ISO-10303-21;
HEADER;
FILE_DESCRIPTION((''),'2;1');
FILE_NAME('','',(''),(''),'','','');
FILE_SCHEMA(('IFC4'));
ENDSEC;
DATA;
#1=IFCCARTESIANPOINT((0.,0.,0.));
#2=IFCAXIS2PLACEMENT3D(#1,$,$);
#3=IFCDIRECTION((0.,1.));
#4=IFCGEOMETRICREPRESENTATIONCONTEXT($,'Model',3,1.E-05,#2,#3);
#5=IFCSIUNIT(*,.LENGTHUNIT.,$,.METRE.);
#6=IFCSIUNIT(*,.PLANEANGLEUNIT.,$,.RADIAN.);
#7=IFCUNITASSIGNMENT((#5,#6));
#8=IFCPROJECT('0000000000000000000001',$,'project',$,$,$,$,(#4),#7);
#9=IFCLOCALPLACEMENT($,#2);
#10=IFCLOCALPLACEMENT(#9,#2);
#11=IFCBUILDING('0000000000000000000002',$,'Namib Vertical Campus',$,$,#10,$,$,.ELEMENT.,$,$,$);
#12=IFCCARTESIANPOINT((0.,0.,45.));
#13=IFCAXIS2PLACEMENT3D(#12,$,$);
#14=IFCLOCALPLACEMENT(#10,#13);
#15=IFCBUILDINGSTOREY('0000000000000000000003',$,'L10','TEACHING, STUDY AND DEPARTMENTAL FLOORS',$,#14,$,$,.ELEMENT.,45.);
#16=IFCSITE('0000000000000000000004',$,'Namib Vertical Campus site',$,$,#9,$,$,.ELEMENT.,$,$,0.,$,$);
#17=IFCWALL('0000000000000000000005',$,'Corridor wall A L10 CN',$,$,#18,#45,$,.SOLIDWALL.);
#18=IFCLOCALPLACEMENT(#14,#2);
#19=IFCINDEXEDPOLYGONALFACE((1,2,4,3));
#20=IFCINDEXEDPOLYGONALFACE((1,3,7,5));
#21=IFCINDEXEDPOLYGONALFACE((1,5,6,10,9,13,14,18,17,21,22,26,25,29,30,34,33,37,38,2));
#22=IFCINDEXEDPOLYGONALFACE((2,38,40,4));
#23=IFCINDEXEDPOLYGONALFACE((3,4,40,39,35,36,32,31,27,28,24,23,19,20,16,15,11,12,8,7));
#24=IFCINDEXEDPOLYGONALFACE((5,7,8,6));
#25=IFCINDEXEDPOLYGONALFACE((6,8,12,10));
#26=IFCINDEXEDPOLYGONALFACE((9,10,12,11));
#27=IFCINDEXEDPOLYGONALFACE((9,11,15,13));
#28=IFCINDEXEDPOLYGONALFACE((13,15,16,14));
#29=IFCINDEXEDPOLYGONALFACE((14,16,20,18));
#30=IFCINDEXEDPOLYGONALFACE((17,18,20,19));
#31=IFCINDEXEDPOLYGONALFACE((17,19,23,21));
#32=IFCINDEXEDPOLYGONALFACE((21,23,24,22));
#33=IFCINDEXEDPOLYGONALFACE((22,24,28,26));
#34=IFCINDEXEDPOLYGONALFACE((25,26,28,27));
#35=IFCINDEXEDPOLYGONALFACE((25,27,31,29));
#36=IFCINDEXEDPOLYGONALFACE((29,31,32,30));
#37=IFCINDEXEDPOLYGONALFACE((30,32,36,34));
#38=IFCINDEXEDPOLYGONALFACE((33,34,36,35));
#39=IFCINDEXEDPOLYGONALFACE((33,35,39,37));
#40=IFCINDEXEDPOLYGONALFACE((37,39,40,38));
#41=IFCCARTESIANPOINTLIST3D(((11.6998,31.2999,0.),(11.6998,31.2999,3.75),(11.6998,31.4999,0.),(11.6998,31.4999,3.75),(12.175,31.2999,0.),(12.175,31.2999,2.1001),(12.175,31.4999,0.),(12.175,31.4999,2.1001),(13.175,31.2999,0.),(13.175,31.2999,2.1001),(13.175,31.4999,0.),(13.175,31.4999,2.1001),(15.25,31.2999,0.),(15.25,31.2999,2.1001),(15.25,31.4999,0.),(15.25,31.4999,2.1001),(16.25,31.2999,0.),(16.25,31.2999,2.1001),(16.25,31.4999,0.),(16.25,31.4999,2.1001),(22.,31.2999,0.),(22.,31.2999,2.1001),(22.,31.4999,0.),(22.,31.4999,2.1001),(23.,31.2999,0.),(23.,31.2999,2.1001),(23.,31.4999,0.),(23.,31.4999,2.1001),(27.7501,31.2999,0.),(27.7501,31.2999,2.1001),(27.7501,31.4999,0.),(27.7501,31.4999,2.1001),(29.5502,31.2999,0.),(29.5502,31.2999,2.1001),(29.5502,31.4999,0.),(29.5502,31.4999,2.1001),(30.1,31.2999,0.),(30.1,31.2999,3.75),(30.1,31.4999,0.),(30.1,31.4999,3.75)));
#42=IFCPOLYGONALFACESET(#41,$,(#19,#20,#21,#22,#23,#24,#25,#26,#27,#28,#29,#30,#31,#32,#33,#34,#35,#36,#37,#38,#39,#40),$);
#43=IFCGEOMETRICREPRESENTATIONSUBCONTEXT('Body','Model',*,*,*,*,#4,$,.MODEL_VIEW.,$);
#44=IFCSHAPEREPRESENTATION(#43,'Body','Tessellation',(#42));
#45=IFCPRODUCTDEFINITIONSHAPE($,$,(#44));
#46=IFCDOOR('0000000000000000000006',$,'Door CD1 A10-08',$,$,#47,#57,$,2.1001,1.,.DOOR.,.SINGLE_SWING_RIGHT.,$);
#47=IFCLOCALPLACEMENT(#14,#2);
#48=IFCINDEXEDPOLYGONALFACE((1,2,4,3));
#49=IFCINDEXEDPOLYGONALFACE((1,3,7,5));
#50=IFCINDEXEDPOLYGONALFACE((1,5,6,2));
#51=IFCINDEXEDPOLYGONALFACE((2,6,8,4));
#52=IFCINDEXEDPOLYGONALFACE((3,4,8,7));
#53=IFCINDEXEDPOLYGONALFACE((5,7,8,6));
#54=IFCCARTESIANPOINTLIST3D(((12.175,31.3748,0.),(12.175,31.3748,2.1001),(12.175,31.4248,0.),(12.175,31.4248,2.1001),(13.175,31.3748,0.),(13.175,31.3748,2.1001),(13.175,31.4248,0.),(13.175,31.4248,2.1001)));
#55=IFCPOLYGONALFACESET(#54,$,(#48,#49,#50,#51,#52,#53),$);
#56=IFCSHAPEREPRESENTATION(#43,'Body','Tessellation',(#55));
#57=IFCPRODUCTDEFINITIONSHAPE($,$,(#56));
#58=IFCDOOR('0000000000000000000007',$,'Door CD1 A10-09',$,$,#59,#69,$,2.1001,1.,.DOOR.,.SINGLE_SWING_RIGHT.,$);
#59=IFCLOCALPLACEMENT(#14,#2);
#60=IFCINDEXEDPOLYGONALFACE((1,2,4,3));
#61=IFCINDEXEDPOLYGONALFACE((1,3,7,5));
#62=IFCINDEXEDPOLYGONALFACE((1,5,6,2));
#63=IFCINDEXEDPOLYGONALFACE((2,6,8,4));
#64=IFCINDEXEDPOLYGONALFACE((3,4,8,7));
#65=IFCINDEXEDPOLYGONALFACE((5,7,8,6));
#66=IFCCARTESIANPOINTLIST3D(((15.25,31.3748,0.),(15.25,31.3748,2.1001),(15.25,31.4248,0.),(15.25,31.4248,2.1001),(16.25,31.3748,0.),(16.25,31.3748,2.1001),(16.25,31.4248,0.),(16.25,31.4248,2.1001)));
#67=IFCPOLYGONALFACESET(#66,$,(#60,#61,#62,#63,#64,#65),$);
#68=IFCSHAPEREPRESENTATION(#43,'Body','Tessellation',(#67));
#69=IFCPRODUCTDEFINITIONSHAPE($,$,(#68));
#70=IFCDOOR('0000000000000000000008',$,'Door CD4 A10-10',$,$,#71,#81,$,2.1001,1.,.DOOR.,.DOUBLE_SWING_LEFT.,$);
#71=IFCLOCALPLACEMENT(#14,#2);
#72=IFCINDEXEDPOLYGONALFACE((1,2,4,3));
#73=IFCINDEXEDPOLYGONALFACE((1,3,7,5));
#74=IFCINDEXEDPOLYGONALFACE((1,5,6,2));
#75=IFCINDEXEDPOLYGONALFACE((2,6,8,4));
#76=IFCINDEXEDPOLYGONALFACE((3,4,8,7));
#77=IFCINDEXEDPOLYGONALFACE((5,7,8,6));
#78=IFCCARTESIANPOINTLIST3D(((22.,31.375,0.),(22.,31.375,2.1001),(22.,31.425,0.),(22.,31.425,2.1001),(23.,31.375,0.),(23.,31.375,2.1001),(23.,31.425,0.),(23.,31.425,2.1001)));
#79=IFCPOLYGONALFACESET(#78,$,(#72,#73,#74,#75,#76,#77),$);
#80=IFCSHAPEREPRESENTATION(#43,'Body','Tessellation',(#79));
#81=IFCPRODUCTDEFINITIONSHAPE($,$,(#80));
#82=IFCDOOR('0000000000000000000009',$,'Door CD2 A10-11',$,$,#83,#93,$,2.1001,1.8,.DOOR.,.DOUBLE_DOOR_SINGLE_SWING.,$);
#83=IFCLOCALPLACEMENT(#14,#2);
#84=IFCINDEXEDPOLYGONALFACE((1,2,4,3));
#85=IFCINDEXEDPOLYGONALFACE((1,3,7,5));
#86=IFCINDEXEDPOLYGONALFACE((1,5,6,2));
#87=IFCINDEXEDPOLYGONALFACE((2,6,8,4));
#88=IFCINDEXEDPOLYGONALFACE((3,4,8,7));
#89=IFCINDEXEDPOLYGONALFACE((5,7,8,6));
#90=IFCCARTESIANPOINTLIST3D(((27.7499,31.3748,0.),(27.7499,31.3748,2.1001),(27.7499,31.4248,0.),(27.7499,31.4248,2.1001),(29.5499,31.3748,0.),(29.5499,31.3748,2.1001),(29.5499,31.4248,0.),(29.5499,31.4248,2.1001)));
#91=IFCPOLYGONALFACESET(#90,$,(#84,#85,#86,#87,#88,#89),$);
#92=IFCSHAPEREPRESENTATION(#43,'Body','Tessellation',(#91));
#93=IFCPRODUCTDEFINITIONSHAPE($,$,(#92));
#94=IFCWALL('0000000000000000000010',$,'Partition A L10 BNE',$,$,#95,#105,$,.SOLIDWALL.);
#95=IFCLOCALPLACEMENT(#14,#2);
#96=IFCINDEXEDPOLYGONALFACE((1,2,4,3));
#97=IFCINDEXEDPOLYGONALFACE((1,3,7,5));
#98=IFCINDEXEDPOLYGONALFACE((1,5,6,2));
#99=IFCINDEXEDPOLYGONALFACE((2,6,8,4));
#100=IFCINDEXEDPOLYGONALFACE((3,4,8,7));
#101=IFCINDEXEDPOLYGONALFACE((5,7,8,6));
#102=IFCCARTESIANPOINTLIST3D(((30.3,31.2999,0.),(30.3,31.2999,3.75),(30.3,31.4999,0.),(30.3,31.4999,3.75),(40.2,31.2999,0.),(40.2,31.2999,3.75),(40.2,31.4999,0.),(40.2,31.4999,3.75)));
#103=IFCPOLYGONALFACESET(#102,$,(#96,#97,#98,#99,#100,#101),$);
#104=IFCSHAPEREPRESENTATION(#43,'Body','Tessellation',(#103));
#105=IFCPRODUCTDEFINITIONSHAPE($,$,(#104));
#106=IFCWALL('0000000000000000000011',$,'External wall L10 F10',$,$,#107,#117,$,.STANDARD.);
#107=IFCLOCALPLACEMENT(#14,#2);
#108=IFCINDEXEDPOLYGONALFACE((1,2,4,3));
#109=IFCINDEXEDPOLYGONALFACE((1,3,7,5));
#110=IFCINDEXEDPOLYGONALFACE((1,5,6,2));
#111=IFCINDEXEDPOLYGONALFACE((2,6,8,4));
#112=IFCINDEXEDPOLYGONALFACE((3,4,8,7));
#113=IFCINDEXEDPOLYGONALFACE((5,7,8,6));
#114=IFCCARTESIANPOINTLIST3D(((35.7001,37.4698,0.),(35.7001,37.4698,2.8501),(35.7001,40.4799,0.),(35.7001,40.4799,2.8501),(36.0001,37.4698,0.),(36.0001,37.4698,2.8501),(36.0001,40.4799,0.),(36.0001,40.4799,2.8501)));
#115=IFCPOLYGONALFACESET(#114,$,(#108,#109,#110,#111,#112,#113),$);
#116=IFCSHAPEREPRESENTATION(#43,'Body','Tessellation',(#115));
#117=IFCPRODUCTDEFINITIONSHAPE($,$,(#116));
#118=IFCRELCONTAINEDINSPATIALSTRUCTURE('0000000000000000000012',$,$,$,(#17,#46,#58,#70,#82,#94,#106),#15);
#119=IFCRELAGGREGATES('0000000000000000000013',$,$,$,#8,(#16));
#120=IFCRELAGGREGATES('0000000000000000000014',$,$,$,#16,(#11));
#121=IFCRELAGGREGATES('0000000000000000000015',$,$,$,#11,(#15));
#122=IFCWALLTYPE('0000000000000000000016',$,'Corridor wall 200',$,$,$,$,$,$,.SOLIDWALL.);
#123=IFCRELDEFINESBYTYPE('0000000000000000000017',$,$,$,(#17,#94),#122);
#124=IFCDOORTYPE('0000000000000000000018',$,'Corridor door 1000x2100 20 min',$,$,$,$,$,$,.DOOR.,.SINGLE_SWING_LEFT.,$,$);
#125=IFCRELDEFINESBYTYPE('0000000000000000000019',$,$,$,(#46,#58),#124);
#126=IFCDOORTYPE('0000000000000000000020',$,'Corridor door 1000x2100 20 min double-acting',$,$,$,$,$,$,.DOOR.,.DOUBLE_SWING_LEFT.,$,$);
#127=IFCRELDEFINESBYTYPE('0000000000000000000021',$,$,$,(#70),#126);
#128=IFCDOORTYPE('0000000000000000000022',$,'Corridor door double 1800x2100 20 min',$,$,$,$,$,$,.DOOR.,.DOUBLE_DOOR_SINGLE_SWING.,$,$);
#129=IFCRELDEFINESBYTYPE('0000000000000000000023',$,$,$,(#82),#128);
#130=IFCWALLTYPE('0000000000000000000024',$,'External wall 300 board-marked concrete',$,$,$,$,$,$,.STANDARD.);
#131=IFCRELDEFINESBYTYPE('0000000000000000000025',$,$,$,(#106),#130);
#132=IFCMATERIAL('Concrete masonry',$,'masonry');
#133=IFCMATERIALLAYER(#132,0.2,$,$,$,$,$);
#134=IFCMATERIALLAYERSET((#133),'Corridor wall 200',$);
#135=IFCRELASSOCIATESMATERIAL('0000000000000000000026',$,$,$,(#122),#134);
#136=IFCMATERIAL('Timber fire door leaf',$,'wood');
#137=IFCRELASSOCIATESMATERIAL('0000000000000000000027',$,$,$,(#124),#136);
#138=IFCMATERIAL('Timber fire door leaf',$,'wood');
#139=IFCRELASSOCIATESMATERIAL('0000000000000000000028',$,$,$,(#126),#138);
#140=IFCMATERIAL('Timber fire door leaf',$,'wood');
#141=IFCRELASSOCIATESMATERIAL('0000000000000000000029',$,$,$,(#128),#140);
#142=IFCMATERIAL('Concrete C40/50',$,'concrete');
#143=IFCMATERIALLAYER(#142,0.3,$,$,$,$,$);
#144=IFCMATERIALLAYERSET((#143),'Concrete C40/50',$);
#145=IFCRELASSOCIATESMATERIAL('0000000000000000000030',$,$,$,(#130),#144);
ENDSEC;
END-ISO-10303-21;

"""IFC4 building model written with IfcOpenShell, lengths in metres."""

from ifc_helpers import new_model, si_unit, direction, frame, frame_2d, origin, place, context, subcontext, project, spatial, rectangle, extrude, material, layer, layer_set, type_object, element, fill, save


model = new_model("IFC4")

# Units and contexts
model_context = context("Model", 3, precision=1e-05, world=origin(), true_north=direction((0.0, 1.0)))
body_context = subcontext(model_context, "Body", "Model", "MODEL_VIEW")
ifc_project = project(units=[si_unit("LENGTHUNIT", "METRE"), si_unit("PLANEANGLEUNIT", "RADIAN")], contexts=[model_context])

# Site, building, storey
site_placement = place(None, origin())
site = spatial("IfcSite", under=ifc_project, at=site_placement, Name="Namib Vertical Campus site", CompositionType="ELEMENT", RefElevation=0.0)
building_placement = place(site_placement, origin())
building = spatial("IfcBuilding", under=site, at=building_placement, Name="Namib Vertical Campus", CompositionType="ELEMENT")
storey_placement = place(building_placement, frame((0.0, 0.0, 45.0)))
storey = spatial("IfcBuildingStorey", under=building, at=storey_placement, Name="L10", Description="TEACHING, STUDY AND DEPARTMENTAL FLOORS", CompositionType="ELEMENT", Elevation=45.0)

# Wall, openings, doors
ifc_material_1 = material(Name="Concrete masonry", Category="masonry")
ifc_layer_1 = layer(ifc_material_1, 0.2)
ifc_layer_set_1 = layer_set([ifc_layer_1], Name="Corridor wall 200")
wall_type_1 = type_object("IfcWallType", Name="Corridor wall 200", PredefinedType="SOLIDWALL", material=ifc_layer_set_1)
wall_1_placement = place(storey_placement, frame((30.1001, 31.3999, 0.0), z_axis=(0.0, 0.0, 1.0), x_axis=(-1.0, 0.0, 0.0)))
wall_1 = element("IfcWall", 1, at=wall_1_placement, inside=storey, type_object=wall_type_1, Name="Corridor wall A L10 CN", PredefinedType="SOLIDWALL", context=body_context, shape_type="SweptSolid", body=[
    extrude(rectangle(XDim=18.4001, YDim=0.2, at=frame_2d((9.2002, 0.0))), origin(), (0.0, 0.0, 1.0), 3.75),
])
opening_1_placement = place(wall_1_placement, frame((16.925, 0.0, 0.0)))
opening_1 = element("IfcOpeningElement", 2, at=opening_1_placement, cuts=wall_1, PredefinedType="OPENING", context=body_context, shape_type="SweptSolid", body=[
    extrude(rectangle(XDim=1.0, YDim=2.1001, at=frame_2d((0.5, 1.05))), frame((0.0, 0.1099, 0.0), z_axis=(0.0, -1.0, 0.0), x_axis=(1.0, 0.0, 0.0)), (0.0, 0.0, 1.0), 0.22),
])
opening_2_placement = place(wall_1_placement, frame((13.8501, 0.0, 0.0)))
opening_2 = element("IfcOpeningElement", 3, at=opening_2_placement, cuts=wall_1, PredefinedType="OPENING", context=body_context, shape_type="SweptSolid", body=[
    extrude(rectangle(XDim=1.0, YDim=2.1001, at=frame_2d((0.5, 1.05))), frame((0.0, 0.1099, 0.0), z_axis=(0.0, -1.0, 0.0), x_axis=(1.0, 0.0, 0.0)), (0.0, 0.0, 1.0), 0.22),
])
opening_3_placement = place(wall_1_placement, frame((7.1001, 0.0, 0.0)))
opening_3 = element("IfcOpeningElement", 4, at=opening_3_placement, cuts=wall_1, PredefinedType="OPENING", context=body_context, shape_type="SweptSolid", body=[
    extrude(rectangle(XDim=1.0, YDim=2.1001, at=frame_2d((0.5, 1.05))), frame((0.0, 0.1099, 0.0), z_axis=(0.0, -1.0, 0.0), x_axis=(1.0, 0.0, 0.0)), (0.0, 0.0, 1.0), 0.22),
])
opening_4_placement = place(wall_1_placement, frame((0.55, 0.0, 0.0)))
opening_4 = element("IfcOpeningElement", 5, at=opening_4_placement, cuts=wall_1, PredefinedType="OPENING", context=body_context, shape_type="SweptSolid", body=[
    extrude(rectangle(XDim=1.8, YDim=2.1001, at=frame_2d((0.8999, 1.05))), frame((0.0, 0.1099, 0.0), z_axis=(0.0, -1.0, 0.0), x_axis=(1.0, 0.0, 0.0)), (0.0, 0.0, 1.0), 0.22),
])
ifc_material_2 = material(Name="Timber fire door leaf", Category="wood")
door_type_1 = type_object("IfcDoorType", Name="Corridor door 1000x2100 20 min", OperationType="SINGLE_SWING_LEFT", PredefinedType="DOOR", material=ifc_material_2)
door_1_placement = place(opening_1_placement, frame((1.0, 0.0, 0.0), z_axis=(0.0, 0.0, 1.0), x_axis=(-1.0, 0.0, 0.0)))
door_1 = element("IfcDoor", 6, at=door_1_placement, inside=storey, type_object=door_type_1, Name="Door CD1 A10-08", OperationType="SINGLE_SWING_RIGHT", OverallHeight=2.1001, OverallWidth=1.0, PredefinedType="DOOR", context=body_context, shape_type="SweptSolid", body=[
    extrude(rectangle(XDim=1.0, YDim=2.1001, at=frame_2d((0.5, 1.05))), frame((0.0, 0.0249, 0.0), z_axis=(0.0, -1.0, 0.0), x_axis=(1.0, 0.0, 0.0)), (0.0, 0.0, 1.0), 0.05),
])
fill(opening_1, door_1)
door_2_placement = place(opening_2_placement, frame((1.0, 0.0, 0.0), z_axis=(0.0, 0.0, 1.0), x_axis=(-1.0, 0.0, 0.0)))
door_2 = element("IfcDoor", 7, at=door_2_placement, inside=storey, type_object=door_type_1, Name="Door CD1 A10-09", OperationType="SINGLE_SWING_RIGHT", OverallHeight=2.1001, OverallWidth=1.0, PredefinedType="DOOR", context=body_context, shape_type="SweptSolid", body=[
    extrude(rectangle(XDim=1.0, YDim=2.1001, at=frame_2d((0.5, 1.05))), frame((0.0, 0.0249, 0.0), z_axis=(0.0, -1.0, 0.0), x_axis=(1.0, 0.0, 0.0)), (0.0, 0.0, 1.0), 0.05),
])
fill(opening_2, door_2)
ifc_material_3 = material(Name="Timber fire door leaf", Category="wood")
door_type_2 = type_object("IfcDoorType", Name="Corridor door 1000x2100 20 min double-acting", OperationType="DOUBLE_SWING_LEFT", PredefinedType="DOOR", material=ifc_material_3)
door_3_placement = place(opening_3_placement, origin())
door_3 = element("IfcDoor", 8, at=door_3_placement, inside=storey, type_object=door_type_2, Name="Door CD4 A10-10", OperationType="DOUBLE_SWING_LEFT", OverallHeight=2.1001, OverallWidth=1.0, PredefinedType="DOOR", context=body_context, shape_type="SweptSolid", body=[
    extrude(rectangle(XDim=1.0, YDim=2.1001, at=frame_2d((0.5, 1.05))), frame((0.0, 0.0249, 0.0), z_axis=(0.0, -1.0, 0.0), x_axis=(1.0, 0.0, 0.0)), (0.0, 0.0, 1.0), 0.05),
])
fill(opening_3, door_3)
ifc_material_4 = material(Name="Timber fire door leaf", Category="wood")
door_type_3 = type_object("IfcDoorType", Name="Corridor door double 1800x2100 20 min", OperationType="DOUBLE_DOOR_SINGLE_SWING", PredefinedType="DOOR", material=ifc_material_4)
door_4_placement = place(opening_4_placement, frame((1.8, 0.0, 0.0), z_axis=(0.0, 0.0, 1.0), x_axis=(-1.0, 0.0, 0.0)))
door_4 = element("IfcDoor", 9, at=door_4_placement, inside=storey, type_object=door_type_3, Name="Door CD2 A10-11", OperationType="DOUBLE_DOOR_SINGLE_SWING", OverallHeight=2.1001, OverallWidth=1.8, PredefinedType="DOOR", context=body_context, shape_type="SweptSolid", body=[
    extrude(rectangle(XDim=1.8, YDim=2.1001, at=frame_2d((0.8999, 1.05))), frame((0.0, 0.0249, 0.0), z_axis=(0.0, -1.0, 0.0), x_axis=(1.0, 0.0, 0.0)), (0.0, 0.0, 1.0), 0.05),
])
fill(opening_4, door_4)

# Walls
wall_2_placement = place(storey_placement, frame((30.3, 31.3999, 0.0), z_axis=(0.0, 0.0, 1.0), x_axis=(1.0, 0.0, 0.0)))
element("IfcWall", 10, at=wall_2_placement, inside=storey, type_object=wall_type_1, Name="Partition A L10 BNE", PredefinedType="SOLIDWALL", context=body_context, shape_type="SweptSolid", body=[
    extrude(rectangle(XDim=9.8999, YDim=0.2, at=frame_2d((4.95, 0.0))), origin(), (0.0, 0.0, 1.0), 3.75),
])
ifc_material_5 = material(Name="Concrete C40/50", Category="concrete")
ifc_layer_2 = layer(ifc_material_5, 0.3)
ifc_layer_set_2 = layer_set([ifc_layer_2], Name="Concrete C40/50")
wall_type_2 = type_object("IfcWallType", Name="External wall 300 board-marked concrete", PredefinedType="STANDARD", material=ifc_layer_set_2)
wall_3_placement = place(storey_placement, frame((35.8501, 37.47, 0.0), z_axis=(0.0, 0.0, 1.0), x_axis=(0.0, 1.0, 0.0)))
element("IfcWall", 11, at=wall_3_placement, inside=storey, type_object=wall_type_2, Name="External wall L10 F10", PredefinedType="STANDARD", context=body_context, shape_type="SweptSolid", body=[
    extrude(rectangle(XDim=3.01, YDim=0.3, at=frame_2d((1.5049, 0.0))), origin(), (0.0, 0.0, 1.0), 2.8501),
])

save(model, "model.ifc")
